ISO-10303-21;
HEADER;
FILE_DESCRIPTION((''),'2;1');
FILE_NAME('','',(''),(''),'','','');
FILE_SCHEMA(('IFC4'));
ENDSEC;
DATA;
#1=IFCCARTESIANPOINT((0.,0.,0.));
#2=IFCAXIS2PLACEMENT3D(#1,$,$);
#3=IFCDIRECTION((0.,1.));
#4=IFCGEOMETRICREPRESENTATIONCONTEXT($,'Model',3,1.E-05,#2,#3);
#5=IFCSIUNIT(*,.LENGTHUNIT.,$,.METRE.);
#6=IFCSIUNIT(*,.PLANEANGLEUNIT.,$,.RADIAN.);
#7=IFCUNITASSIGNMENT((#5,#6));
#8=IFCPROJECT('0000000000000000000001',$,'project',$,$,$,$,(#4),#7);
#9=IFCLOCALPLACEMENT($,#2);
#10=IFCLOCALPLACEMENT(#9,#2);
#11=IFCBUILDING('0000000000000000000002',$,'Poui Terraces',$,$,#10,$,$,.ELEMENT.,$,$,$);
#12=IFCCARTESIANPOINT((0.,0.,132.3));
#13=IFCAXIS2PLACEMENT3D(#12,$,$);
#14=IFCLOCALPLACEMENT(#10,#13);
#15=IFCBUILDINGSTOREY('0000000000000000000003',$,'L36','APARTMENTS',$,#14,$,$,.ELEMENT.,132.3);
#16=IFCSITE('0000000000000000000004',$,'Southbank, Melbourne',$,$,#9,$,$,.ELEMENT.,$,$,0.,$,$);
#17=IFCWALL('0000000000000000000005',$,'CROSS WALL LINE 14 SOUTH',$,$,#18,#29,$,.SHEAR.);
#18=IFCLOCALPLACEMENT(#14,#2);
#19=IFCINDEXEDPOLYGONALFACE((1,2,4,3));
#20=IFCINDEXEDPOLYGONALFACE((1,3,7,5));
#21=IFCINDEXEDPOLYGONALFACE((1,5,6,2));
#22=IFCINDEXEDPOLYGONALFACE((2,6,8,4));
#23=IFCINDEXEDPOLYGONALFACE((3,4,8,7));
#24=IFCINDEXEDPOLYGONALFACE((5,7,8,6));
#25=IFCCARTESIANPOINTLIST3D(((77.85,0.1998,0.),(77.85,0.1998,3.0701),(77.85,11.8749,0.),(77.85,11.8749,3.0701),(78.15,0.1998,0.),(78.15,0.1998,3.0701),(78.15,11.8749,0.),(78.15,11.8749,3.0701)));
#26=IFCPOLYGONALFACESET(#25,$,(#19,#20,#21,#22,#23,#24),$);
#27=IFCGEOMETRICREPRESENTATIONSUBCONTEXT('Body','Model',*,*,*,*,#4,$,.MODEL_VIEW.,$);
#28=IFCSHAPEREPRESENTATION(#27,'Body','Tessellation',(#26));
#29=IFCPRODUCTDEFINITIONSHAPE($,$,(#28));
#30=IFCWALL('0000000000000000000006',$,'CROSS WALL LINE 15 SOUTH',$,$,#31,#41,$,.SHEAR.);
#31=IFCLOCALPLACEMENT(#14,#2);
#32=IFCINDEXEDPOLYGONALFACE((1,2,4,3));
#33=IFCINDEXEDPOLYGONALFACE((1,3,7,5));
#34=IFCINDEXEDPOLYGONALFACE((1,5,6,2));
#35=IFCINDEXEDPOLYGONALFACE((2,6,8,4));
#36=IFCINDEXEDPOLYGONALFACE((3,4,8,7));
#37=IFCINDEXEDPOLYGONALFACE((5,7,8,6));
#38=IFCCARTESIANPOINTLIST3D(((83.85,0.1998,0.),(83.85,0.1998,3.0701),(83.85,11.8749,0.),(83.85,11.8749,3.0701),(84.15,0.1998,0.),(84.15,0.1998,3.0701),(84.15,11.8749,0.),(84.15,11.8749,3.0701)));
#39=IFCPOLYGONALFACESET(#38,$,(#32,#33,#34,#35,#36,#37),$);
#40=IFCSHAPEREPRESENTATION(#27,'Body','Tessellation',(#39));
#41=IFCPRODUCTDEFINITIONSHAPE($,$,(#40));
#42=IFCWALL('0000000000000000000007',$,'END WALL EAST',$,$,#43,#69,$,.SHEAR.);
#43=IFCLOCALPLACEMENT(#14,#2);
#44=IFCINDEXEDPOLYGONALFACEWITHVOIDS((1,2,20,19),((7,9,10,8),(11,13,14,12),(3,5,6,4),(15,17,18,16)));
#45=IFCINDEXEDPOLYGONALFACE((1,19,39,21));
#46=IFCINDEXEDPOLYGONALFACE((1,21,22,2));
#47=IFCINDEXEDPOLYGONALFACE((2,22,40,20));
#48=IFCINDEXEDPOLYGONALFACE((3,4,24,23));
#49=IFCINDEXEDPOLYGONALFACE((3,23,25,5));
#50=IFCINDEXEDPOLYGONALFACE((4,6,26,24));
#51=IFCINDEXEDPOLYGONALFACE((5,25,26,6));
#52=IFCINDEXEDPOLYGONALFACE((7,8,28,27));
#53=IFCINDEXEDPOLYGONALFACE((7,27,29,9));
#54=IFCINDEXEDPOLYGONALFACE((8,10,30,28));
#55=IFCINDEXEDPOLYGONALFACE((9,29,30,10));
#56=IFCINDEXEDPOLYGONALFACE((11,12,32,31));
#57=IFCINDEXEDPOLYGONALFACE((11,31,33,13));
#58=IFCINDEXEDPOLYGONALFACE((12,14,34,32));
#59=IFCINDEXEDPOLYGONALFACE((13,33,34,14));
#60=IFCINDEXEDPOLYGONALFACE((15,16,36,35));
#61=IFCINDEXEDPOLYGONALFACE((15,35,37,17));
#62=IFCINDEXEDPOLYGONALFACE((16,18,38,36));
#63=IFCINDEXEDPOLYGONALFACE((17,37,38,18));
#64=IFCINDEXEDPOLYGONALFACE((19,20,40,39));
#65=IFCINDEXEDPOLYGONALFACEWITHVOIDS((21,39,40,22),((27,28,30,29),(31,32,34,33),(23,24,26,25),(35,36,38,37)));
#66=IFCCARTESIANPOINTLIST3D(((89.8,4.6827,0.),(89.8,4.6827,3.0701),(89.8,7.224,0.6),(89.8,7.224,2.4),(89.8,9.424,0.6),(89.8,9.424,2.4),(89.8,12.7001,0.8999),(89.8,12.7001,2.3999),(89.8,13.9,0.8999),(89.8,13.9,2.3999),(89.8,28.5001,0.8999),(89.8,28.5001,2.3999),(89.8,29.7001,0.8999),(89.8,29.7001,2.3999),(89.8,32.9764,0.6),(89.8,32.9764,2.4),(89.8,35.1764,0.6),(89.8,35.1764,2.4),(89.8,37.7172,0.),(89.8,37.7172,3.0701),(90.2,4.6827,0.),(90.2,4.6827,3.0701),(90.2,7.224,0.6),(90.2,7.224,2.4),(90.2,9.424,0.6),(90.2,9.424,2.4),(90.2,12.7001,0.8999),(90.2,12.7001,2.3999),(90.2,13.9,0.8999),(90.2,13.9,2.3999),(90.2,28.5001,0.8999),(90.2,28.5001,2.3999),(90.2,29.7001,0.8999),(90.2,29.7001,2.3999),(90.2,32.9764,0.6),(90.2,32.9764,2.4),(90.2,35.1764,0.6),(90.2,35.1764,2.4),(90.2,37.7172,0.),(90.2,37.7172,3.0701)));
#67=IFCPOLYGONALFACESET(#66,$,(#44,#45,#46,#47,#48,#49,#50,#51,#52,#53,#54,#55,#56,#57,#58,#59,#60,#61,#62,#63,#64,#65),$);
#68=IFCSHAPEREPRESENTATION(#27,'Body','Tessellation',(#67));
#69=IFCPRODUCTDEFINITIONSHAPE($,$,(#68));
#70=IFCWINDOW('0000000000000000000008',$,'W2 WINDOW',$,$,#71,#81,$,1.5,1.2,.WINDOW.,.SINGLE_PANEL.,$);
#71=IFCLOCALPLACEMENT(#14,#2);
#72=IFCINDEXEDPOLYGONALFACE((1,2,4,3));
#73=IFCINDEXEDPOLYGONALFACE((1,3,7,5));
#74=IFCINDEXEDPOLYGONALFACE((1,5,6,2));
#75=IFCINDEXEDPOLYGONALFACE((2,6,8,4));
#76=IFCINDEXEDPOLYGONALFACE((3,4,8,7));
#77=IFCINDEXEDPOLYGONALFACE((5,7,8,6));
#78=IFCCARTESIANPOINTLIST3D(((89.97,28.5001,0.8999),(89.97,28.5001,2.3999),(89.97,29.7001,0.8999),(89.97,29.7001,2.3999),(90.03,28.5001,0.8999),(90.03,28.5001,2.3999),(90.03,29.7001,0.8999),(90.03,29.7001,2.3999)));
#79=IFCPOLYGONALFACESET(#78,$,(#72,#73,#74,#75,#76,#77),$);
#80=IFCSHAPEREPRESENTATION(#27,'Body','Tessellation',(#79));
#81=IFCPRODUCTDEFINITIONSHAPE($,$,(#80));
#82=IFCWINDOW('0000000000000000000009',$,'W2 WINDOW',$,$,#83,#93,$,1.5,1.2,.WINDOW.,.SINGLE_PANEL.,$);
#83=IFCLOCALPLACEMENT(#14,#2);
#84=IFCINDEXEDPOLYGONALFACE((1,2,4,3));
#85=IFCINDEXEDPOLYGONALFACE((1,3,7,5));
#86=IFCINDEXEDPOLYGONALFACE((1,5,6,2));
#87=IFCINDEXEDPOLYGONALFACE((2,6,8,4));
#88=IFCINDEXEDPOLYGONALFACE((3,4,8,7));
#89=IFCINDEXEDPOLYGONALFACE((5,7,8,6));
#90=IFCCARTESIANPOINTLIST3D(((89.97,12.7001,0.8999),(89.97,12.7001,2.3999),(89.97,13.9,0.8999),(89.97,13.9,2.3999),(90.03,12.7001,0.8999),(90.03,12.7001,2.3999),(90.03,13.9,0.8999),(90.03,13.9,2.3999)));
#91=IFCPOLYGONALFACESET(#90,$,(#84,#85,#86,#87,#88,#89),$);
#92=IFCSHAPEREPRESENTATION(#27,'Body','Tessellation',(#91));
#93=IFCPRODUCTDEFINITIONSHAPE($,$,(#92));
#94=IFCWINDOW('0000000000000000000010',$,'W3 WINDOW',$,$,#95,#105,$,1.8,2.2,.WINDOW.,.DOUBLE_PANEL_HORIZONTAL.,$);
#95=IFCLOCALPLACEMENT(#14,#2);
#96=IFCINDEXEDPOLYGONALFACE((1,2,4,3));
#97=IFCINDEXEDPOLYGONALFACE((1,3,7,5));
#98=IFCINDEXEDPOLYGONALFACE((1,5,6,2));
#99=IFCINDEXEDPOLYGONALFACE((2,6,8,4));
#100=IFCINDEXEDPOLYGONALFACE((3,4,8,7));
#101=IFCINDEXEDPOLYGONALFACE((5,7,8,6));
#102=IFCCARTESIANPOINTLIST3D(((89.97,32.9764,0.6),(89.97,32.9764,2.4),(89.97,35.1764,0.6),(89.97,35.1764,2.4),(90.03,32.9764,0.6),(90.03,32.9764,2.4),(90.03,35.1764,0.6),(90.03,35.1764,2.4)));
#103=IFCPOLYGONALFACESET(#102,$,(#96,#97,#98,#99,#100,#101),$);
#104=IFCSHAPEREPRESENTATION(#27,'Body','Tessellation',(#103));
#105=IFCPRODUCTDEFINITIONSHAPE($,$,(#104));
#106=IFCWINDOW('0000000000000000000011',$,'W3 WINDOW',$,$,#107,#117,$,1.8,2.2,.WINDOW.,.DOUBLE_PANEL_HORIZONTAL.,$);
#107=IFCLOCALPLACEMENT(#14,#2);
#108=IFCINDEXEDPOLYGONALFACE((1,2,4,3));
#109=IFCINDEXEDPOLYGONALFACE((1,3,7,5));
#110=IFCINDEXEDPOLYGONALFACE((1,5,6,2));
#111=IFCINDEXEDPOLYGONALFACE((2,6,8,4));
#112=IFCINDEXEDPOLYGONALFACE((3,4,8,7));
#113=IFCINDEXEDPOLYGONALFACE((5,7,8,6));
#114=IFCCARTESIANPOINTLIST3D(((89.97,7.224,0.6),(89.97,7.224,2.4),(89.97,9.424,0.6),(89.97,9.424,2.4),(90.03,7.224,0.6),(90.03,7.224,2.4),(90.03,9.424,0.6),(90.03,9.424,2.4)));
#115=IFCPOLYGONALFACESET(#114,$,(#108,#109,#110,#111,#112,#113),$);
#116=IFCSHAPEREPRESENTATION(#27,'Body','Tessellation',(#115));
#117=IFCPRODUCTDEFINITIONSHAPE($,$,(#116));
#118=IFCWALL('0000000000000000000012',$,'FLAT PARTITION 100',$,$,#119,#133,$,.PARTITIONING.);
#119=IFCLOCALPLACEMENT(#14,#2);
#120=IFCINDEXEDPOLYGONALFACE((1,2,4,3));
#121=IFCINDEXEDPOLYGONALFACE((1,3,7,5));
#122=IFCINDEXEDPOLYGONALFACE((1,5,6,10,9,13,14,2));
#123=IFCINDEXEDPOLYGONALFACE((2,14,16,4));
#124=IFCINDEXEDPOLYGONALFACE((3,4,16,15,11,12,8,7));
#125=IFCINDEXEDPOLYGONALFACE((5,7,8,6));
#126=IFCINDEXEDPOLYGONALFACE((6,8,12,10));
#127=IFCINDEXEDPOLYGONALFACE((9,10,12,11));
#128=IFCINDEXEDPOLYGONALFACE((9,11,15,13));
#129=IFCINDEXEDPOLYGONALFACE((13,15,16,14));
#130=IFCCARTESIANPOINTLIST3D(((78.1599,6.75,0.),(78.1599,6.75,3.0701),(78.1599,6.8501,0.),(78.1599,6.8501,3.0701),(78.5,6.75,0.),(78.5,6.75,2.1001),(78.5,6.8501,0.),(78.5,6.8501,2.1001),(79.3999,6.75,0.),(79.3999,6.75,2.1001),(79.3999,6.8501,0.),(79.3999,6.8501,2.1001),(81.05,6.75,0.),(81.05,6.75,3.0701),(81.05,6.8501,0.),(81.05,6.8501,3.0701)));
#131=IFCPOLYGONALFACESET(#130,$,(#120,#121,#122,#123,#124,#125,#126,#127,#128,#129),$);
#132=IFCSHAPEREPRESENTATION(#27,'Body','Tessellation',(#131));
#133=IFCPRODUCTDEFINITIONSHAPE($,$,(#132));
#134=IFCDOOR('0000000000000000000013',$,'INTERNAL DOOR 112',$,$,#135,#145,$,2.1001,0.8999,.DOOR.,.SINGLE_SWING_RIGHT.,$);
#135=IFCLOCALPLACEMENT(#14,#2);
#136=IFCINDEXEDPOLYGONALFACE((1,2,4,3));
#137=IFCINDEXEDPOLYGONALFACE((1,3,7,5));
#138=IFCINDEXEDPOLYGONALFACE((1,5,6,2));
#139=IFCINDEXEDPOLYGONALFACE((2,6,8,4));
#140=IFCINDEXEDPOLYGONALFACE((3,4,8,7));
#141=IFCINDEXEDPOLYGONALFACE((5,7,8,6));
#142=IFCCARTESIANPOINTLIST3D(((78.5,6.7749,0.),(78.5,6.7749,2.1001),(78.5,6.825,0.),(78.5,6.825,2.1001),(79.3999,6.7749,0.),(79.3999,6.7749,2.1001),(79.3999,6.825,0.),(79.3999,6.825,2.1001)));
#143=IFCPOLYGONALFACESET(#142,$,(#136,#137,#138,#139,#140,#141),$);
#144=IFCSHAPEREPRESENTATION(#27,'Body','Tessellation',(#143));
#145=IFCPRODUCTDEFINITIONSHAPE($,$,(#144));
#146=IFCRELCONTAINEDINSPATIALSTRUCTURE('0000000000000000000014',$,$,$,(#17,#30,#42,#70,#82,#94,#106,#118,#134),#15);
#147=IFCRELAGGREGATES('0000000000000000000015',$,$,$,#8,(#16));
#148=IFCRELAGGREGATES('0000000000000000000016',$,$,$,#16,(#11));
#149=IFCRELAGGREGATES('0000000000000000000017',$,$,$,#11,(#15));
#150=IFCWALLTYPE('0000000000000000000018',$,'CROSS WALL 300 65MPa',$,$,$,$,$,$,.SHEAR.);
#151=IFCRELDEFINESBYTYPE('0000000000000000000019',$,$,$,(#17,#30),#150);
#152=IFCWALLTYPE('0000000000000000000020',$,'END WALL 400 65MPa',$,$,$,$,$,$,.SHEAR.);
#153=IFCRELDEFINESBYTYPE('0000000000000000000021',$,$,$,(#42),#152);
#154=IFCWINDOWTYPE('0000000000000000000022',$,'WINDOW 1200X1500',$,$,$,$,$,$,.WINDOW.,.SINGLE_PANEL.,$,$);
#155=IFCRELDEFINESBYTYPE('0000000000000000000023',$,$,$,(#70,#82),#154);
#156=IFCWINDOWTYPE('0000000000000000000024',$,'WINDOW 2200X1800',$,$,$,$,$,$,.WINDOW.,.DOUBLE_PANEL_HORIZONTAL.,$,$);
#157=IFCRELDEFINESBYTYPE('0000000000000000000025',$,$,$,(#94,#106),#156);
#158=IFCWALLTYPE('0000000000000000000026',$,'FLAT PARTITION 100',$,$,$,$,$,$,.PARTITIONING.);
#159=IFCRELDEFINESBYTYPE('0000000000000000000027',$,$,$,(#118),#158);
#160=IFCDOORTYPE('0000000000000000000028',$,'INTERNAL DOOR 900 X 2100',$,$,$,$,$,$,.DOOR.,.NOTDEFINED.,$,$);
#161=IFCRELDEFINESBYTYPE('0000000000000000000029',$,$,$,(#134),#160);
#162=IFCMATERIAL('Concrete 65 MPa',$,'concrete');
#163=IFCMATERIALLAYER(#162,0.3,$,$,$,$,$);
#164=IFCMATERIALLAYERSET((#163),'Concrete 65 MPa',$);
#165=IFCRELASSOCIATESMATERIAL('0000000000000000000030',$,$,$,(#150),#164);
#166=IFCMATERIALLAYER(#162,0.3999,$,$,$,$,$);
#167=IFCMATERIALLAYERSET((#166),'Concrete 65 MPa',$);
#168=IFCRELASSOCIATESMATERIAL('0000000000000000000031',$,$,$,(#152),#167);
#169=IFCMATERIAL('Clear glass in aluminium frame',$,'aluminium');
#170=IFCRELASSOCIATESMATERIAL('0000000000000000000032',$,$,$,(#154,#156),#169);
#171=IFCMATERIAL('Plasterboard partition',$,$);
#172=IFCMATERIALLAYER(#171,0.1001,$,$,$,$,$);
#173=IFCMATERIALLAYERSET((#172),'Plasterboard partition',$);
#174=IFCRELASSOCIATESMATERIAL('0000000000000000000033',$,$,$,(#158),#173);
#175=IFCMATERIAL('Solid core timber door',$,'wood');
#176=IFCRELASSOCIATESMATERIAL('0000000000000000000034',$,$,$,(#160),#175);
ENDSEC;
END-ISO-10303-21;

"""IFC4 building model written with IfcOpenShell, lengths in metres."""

from ifc_helpers import new_model, si_unit, direction, frame, frame_2d, origin, place, context, subcontext, project, spatial, rectangle, extrude, material, layer, layer_set, type_object, element, fill, save


model = new_model("IFC4")

# Units and contexts
model_context = context("Model", 3, precision=1e-05, world=origin(), true_north=direction((0.0, 1.0)))
body_context = subcontext(model_context, "Body", "Model", "MODEL_VIEW")
ifc_project = project(units=[si_unit("LENGTHUNIT", "METRE"), si_unit("PLANEANGLEUNIT", "RADIAN")], contexts=[model_context])

# Site, building, storey
site_placement = place(None, origin())
site = spatial("IfcSite", under=ifc_project, at=site_placement, Name="Southbank, Melbourne", CompositionType="ELEMENT", RefElevation=0.0)
building_placement = place(site_placement, origin())
building = spatial("IfcBuilding", under=site, at=building_placement, Name="Poui Terraces", CompositionType="ELEMENT")
storey_placement = place(building_placement, frame((0.0, 0.0, 132.3)))
storey = spatial("IfcBuildingStorey", under=building, at=storey_placement, Name="L36", Description="APARTMENTS", CompositionType="ELEMENT", Elevation=132.3)

# Walls
ifc_material_1 = material(Name="Concrete 65 MPa", Category="concrete")
ifc_layer_1 = layer(ifc_material_1, 0.3)
ifc_layer_set_1 = layer_set([ifc_layer_1], Name="Concrete 65 MPa")
wall_type_1 = type_object("IfcWallType", Name="CROSS WALL 300 65MPa", PredefinedType="SHEAR", material=ifc_layer_set_1)
for number, where, z_axis, x_axis, name in (
    (1, (78.0, 0.2, 0.0), (0.0, 0.0, 1.0), (0.0, 1.0, 0.0), "CROSS WALL LINE 14 SOUTH"),
    (2, (84.0, 0.2, 0.0), (0.0, 0.0, 1.0), (0.0, 1.0, 0.0), "CROSS WALL LINE 15 SOUTH"),
):
    element("IfcWall", number, at=place(storey_placement, frame(where, z_axis=z_axis, x_axis=x_axis)), inside=storey, type_object=wall_type_1, Name=name, PredefinedType="SHEAR", context=body_context, shape_type="SweptSolid", body=[
        extrude(rectangle(XDim=11.675, YDim=0.3, at=frame_2d((5.8374, 0.0))), origin(), (0.0, 0.0, 1.0), 3.0701),
    ])

# Wall, openings, windows
ifc_layer_2 = layer(ifc_material_1, 0.3999)
ifc_layer_set_2 = layer_set([ifc_layer_2], Name="Concrete 65 MPa")
wall_type_2 = type_object("IfcWallType", Name="END WALL 400 65MPa", PredefinedType="SHEAR", material=ifc_layer_set_2)
wall_1_placement = place(storey_placement, frame((90.0, 4.6829, 0.0), z_axis=(0.0, 0.0, 1.0), x_axis=(0.0, 1.0, 0.0)))
wall_1 = element("IfcWall", 3, at=wall_1_placement, inside=storey, type_object=wall_type_2, Name="END WALL EAST", PredefinedType="SHEAR", context=body_context, shape_type="SweptSolid", body=[
    extrude(rectangle(XDim=33.0344, YDim=0.3999, at=frame_2d((16.5171, 0.0))), origin(), (0.0, 0.0, 1.0), 3.0701),
])
opening_1_placement = place(wall_1_placement, frame((23.8171, 0.0, 0.8999)))
opening_1 = element("IfcOpeningElement", 4, at=opening_1_placement, cuts=wall_1, PredefinedType="OPENING", context=body_context, shape_type="SweptSolid", body=[
    extrude(rectangle(XDim=1.2, YDim=1.5, at=frame_2d((0.6001, 0.75))), frame((0.0, 0.21, 0.0), z_axis=(0.0, -1.0, 0.0), x_axis=(1.0, 0.0, 0.0)), (0.0, 0.0, 1.0), 0.4199),
])
opening_2_placement = place(wall_1_placement, frame((8.0171, 0.0, 0.8999)))
opening_2 = element("IfcOpeningElement", 5, at=opening_2_placement, cuts=wall_1, PredefinedType="OPENING", context=body_context, shape_type="SweptSolid", body=[
    extrude(rectangle(XDim=1.2, YDim=1.5, at=frame_2d((0.6001, 0.75))), frame((0.0, 0.21, 0.0), z_axis=(0.0, -1.0, 0.0), x_axis=(1.0, 0.0, 0.0)), (0.0, 0.0, 1.0), 0.4199),
])
opening_3_placement = place(wall_1_placement, frame((28.2935, 0.0, 0.6001)))
opening_3 = element("IfcOpeningElement", 6, at=opening_3_placement, cuts=wall_1, PredefinedType="OPENING", context=body_context, shape_type="SweptSolid", body=[
    extrude(rectangle(XDim=2.2, YDim=1.8, at=frame_2d((1.1001, 0.8999))), frame((0.0, 0.21, 0.0), z_axis=(0.0, -1.0, 0.0), x_axis=(1.0, 0.0, 0.0)), (0.0, 0.0, 1.0), 0.4199),
])
opening_4_placement = place(wall_1_placement, frame((2.541, 0.0, 0.6001)))
opening_4 = element("IfcOpeningElement", 7, at=opening_4_placement, cuts=wall_1, PredefinedType="OPENING", context=body_context, shape_type="SweptSolid", body=[
    extrude(rectangle(XDim=2.2, YDim=1.8, at=frame_2d((1.1001, 0.8999))), frame((0.0, 0.21, 0.0), z_axis=(0.0, -1.0, 0.0), x_axis=(1.0, 0.0, 0.0)), (0.0, 0.0, 1.0), 0.4199),
])
ifc_material_2 = material(Name="Clear glass in aluminium frame", Category="aluminium")
window_type_1 = type_object("IfcWindowType", Name="WINDOW 1200X1500", PartitioningType="SINGLE_PANEL", PredefinedType="WINDOW", material=ifc_material_2)
window_1_placement = place(opening_1_placement, origin())
window_1 = element("IfcWindow", 8, at=window_1_placement, inside=storey, type_object=window_type_1, Name="W2 WINDOW", OverallHeight=1.5, OverallWidth=1.2, PartitioningType="SINGLE_PANEL", PredefinedType="WINDOW", context=body_context, shape_type="SweptSolid", body=[
    extrude(rectangle(XDim=1.2, YDim=1.5, at=frame_2d((0.6001, 0.75))), frame((0.0, 0.03, 0.0), z_axis=(0.0, -1.0, 0.0), x_axis=(1.0, 0.0, 0.0)), (0.0, 0.0, 1.0), 0.0601),
])
fill(opening_1, window_1)
window_2_placement = place(opening_2_placement, origin())
window_2 = element("IfcWindow", 9, at=window_2_placement, inside=storey, type_object=window_type_1, Name="W2 WINDOW", OverallHeight=1.5, OverallWidth=1.2, PartitioningType="SINGLE_PANEL", PredefinedType="WINDOW", context=body_context, shape_type="SweptSolid", body=[
    extrude(rectangle(XDim=1.2, YDim=1.5, at=frame_2d((0.6001, 0.75))), frame((0.0, 0.03, 0.0), z_axis=(0.0, -1.0, 0.0), x_axis=(1.0, 0.0, 0.0)), (0.0, 0.0, 1.0), 0.0601),
])
fill(opening_2, window_2)
window_type_2 = type_object("IfcWindowType", Name="WINDOW 2200X1800", PartitioningType="DOUBLE_PANEL_HORIZONTAL", PredefinedType="WINDOW", material=ifc_material_2)
window_3_placement = place(opening_3_placement, origin())
window_3 = element("IfcWindow", 10, at=window_3_placement, inside=storey, type_object=window_type_2, Name="W3 WINDOW", OverallHeight=1.8, OverallWidth=2.2, PartitioningType="DOUBLE_PANEL_HORIZONTAL", PredefinedType="WINDOW", context=body_context, shape_type="SweptSolid", body=[
    extrude(rectangle(XDim=2.2, YDim=1.8, at=frame_2d((1.1001, 0.8999))), frame((0.0, 0.03, 0.0), z_axis=(0.0, -1.0, 0.0), x_axis=(1.0, 0.0, 0.0)), (0.0, 0.0, 1.0), 0.0601),
])
fill(opening_3, window_3)
window_4_placement = place(opening_4_placement, origin())
window_4 = element("IfcWindow", 11, at=window_4_placement, inside=storey, type_object=window_type_2, Name="W3 WINDOW", OverallHeight=1.8, OverallWidth=2.2, PartitioningType="DOUBLE_PANEL_HORIZONTAL", PredefinedType="WINDOW", context=body_context, shape_type="SweptSolid", body=[
    extrude(rectangle(XDim=2.2, YDim=1.8, at=frame_2d((1.1001, 0.8999))), frame((0.0, 0.03, 0.0), z_axis=(0.0, -1.0, 0.0), x_axis=(1.0, 0.0, 0.0)), (0.0, 0.0, 1.0), 0.0601),
])
fill(opening_4, window_4)

# Wall, opening, door
ifc_material_3 = material(Name="Plasterboard partition")
ifc_layer_3 = layer(ifc_material_3, 0.1001)
ifc_layer_set_3 = layer_set([ifc_layer_3], Name="Plasterboard partition")
wall_type_3 = type_object("IfcWallType", Name="FLAT PARTITION 100", PredefinedType="PARTITIONING", material=ifc_layer_set_3)
wall_2_placement = place(storey_placement, frame((78.1599, 6.8, 0.0), z_axis=(0.0, 0.0, 1.0), x_axis=(1.0, 0.0, 0.0)))
wall_2 = element("IfcWall", 12, at=wall_2_placement, inside=storey, type_object=wall_type_3, Name="FLAT PARTITION 100", PredefinedType="PARTITIONING", context=body_context, shape_type="SweptSolid", body=[
    extrude(rectangle(XDim=2.8901, YDim=0.1001, at=frame_2d((1.4451, 0.0))), origin(), (0.0, 0.0, 1.0), 3.0701),
])
opening_5_placement = place(wall_2_placement, frame((0.3401, 0.0, 0.0)))
opening_5 = element("IfcOpeningElement", 13, at=opening_5_placement, cuts=wall_2, PredefinedType="OPENING", context=body_context, shape_type="SweptSolid", body=[
    extrude(rectangle(XDim=0.8999, YDim=2.1001, at=frame_2d((0.45, 1.05))), frame((0.0, 0.0601, 0.0), z_axis=(0.0, -1.0, 0.0), x_axis=(1.0, 0.0, 0.0)), (0.0, 0.0, 1.0), 0.1201),
])
ifc_material_4 = material(Name="Solid core timber door", Category="wood")
door_type_1 = type_object("IfcDoorType", Name="INTERNAL DOOR 900 X 2100", OperationType="NOTDEFINED", PredefinedType="DOOR", material=ifc_material_4)
door_1_placement = place(opening_5_placement, origin())
door_1 = element("IfcDoor", 14, at=door_1_placement, inside=storey, type_object=door_type_1, Name="INTERNAL DOOR 112", OperationType="SINGLE_SWING_RIGHT", OverallHeight=2.1001, OverallWidth=0.8999, PredefinedType="DOOR", context=body_context, shape_type="SweptSolid", body=[
    extrude(rectangle(XDim=0.8999, YDim=2.1001, at=frame_2d((0.45, 1.05))), frame((0.0, 0.0249, 0.0), z_axis=(0.0, -1.0, 0.0), x_axis=(1.0, 0.0, 0.0)), (0.0, 0.0, 1.0), 0.05),
])
fill(opening_5, door_1)

save(model, "model.ifc")
